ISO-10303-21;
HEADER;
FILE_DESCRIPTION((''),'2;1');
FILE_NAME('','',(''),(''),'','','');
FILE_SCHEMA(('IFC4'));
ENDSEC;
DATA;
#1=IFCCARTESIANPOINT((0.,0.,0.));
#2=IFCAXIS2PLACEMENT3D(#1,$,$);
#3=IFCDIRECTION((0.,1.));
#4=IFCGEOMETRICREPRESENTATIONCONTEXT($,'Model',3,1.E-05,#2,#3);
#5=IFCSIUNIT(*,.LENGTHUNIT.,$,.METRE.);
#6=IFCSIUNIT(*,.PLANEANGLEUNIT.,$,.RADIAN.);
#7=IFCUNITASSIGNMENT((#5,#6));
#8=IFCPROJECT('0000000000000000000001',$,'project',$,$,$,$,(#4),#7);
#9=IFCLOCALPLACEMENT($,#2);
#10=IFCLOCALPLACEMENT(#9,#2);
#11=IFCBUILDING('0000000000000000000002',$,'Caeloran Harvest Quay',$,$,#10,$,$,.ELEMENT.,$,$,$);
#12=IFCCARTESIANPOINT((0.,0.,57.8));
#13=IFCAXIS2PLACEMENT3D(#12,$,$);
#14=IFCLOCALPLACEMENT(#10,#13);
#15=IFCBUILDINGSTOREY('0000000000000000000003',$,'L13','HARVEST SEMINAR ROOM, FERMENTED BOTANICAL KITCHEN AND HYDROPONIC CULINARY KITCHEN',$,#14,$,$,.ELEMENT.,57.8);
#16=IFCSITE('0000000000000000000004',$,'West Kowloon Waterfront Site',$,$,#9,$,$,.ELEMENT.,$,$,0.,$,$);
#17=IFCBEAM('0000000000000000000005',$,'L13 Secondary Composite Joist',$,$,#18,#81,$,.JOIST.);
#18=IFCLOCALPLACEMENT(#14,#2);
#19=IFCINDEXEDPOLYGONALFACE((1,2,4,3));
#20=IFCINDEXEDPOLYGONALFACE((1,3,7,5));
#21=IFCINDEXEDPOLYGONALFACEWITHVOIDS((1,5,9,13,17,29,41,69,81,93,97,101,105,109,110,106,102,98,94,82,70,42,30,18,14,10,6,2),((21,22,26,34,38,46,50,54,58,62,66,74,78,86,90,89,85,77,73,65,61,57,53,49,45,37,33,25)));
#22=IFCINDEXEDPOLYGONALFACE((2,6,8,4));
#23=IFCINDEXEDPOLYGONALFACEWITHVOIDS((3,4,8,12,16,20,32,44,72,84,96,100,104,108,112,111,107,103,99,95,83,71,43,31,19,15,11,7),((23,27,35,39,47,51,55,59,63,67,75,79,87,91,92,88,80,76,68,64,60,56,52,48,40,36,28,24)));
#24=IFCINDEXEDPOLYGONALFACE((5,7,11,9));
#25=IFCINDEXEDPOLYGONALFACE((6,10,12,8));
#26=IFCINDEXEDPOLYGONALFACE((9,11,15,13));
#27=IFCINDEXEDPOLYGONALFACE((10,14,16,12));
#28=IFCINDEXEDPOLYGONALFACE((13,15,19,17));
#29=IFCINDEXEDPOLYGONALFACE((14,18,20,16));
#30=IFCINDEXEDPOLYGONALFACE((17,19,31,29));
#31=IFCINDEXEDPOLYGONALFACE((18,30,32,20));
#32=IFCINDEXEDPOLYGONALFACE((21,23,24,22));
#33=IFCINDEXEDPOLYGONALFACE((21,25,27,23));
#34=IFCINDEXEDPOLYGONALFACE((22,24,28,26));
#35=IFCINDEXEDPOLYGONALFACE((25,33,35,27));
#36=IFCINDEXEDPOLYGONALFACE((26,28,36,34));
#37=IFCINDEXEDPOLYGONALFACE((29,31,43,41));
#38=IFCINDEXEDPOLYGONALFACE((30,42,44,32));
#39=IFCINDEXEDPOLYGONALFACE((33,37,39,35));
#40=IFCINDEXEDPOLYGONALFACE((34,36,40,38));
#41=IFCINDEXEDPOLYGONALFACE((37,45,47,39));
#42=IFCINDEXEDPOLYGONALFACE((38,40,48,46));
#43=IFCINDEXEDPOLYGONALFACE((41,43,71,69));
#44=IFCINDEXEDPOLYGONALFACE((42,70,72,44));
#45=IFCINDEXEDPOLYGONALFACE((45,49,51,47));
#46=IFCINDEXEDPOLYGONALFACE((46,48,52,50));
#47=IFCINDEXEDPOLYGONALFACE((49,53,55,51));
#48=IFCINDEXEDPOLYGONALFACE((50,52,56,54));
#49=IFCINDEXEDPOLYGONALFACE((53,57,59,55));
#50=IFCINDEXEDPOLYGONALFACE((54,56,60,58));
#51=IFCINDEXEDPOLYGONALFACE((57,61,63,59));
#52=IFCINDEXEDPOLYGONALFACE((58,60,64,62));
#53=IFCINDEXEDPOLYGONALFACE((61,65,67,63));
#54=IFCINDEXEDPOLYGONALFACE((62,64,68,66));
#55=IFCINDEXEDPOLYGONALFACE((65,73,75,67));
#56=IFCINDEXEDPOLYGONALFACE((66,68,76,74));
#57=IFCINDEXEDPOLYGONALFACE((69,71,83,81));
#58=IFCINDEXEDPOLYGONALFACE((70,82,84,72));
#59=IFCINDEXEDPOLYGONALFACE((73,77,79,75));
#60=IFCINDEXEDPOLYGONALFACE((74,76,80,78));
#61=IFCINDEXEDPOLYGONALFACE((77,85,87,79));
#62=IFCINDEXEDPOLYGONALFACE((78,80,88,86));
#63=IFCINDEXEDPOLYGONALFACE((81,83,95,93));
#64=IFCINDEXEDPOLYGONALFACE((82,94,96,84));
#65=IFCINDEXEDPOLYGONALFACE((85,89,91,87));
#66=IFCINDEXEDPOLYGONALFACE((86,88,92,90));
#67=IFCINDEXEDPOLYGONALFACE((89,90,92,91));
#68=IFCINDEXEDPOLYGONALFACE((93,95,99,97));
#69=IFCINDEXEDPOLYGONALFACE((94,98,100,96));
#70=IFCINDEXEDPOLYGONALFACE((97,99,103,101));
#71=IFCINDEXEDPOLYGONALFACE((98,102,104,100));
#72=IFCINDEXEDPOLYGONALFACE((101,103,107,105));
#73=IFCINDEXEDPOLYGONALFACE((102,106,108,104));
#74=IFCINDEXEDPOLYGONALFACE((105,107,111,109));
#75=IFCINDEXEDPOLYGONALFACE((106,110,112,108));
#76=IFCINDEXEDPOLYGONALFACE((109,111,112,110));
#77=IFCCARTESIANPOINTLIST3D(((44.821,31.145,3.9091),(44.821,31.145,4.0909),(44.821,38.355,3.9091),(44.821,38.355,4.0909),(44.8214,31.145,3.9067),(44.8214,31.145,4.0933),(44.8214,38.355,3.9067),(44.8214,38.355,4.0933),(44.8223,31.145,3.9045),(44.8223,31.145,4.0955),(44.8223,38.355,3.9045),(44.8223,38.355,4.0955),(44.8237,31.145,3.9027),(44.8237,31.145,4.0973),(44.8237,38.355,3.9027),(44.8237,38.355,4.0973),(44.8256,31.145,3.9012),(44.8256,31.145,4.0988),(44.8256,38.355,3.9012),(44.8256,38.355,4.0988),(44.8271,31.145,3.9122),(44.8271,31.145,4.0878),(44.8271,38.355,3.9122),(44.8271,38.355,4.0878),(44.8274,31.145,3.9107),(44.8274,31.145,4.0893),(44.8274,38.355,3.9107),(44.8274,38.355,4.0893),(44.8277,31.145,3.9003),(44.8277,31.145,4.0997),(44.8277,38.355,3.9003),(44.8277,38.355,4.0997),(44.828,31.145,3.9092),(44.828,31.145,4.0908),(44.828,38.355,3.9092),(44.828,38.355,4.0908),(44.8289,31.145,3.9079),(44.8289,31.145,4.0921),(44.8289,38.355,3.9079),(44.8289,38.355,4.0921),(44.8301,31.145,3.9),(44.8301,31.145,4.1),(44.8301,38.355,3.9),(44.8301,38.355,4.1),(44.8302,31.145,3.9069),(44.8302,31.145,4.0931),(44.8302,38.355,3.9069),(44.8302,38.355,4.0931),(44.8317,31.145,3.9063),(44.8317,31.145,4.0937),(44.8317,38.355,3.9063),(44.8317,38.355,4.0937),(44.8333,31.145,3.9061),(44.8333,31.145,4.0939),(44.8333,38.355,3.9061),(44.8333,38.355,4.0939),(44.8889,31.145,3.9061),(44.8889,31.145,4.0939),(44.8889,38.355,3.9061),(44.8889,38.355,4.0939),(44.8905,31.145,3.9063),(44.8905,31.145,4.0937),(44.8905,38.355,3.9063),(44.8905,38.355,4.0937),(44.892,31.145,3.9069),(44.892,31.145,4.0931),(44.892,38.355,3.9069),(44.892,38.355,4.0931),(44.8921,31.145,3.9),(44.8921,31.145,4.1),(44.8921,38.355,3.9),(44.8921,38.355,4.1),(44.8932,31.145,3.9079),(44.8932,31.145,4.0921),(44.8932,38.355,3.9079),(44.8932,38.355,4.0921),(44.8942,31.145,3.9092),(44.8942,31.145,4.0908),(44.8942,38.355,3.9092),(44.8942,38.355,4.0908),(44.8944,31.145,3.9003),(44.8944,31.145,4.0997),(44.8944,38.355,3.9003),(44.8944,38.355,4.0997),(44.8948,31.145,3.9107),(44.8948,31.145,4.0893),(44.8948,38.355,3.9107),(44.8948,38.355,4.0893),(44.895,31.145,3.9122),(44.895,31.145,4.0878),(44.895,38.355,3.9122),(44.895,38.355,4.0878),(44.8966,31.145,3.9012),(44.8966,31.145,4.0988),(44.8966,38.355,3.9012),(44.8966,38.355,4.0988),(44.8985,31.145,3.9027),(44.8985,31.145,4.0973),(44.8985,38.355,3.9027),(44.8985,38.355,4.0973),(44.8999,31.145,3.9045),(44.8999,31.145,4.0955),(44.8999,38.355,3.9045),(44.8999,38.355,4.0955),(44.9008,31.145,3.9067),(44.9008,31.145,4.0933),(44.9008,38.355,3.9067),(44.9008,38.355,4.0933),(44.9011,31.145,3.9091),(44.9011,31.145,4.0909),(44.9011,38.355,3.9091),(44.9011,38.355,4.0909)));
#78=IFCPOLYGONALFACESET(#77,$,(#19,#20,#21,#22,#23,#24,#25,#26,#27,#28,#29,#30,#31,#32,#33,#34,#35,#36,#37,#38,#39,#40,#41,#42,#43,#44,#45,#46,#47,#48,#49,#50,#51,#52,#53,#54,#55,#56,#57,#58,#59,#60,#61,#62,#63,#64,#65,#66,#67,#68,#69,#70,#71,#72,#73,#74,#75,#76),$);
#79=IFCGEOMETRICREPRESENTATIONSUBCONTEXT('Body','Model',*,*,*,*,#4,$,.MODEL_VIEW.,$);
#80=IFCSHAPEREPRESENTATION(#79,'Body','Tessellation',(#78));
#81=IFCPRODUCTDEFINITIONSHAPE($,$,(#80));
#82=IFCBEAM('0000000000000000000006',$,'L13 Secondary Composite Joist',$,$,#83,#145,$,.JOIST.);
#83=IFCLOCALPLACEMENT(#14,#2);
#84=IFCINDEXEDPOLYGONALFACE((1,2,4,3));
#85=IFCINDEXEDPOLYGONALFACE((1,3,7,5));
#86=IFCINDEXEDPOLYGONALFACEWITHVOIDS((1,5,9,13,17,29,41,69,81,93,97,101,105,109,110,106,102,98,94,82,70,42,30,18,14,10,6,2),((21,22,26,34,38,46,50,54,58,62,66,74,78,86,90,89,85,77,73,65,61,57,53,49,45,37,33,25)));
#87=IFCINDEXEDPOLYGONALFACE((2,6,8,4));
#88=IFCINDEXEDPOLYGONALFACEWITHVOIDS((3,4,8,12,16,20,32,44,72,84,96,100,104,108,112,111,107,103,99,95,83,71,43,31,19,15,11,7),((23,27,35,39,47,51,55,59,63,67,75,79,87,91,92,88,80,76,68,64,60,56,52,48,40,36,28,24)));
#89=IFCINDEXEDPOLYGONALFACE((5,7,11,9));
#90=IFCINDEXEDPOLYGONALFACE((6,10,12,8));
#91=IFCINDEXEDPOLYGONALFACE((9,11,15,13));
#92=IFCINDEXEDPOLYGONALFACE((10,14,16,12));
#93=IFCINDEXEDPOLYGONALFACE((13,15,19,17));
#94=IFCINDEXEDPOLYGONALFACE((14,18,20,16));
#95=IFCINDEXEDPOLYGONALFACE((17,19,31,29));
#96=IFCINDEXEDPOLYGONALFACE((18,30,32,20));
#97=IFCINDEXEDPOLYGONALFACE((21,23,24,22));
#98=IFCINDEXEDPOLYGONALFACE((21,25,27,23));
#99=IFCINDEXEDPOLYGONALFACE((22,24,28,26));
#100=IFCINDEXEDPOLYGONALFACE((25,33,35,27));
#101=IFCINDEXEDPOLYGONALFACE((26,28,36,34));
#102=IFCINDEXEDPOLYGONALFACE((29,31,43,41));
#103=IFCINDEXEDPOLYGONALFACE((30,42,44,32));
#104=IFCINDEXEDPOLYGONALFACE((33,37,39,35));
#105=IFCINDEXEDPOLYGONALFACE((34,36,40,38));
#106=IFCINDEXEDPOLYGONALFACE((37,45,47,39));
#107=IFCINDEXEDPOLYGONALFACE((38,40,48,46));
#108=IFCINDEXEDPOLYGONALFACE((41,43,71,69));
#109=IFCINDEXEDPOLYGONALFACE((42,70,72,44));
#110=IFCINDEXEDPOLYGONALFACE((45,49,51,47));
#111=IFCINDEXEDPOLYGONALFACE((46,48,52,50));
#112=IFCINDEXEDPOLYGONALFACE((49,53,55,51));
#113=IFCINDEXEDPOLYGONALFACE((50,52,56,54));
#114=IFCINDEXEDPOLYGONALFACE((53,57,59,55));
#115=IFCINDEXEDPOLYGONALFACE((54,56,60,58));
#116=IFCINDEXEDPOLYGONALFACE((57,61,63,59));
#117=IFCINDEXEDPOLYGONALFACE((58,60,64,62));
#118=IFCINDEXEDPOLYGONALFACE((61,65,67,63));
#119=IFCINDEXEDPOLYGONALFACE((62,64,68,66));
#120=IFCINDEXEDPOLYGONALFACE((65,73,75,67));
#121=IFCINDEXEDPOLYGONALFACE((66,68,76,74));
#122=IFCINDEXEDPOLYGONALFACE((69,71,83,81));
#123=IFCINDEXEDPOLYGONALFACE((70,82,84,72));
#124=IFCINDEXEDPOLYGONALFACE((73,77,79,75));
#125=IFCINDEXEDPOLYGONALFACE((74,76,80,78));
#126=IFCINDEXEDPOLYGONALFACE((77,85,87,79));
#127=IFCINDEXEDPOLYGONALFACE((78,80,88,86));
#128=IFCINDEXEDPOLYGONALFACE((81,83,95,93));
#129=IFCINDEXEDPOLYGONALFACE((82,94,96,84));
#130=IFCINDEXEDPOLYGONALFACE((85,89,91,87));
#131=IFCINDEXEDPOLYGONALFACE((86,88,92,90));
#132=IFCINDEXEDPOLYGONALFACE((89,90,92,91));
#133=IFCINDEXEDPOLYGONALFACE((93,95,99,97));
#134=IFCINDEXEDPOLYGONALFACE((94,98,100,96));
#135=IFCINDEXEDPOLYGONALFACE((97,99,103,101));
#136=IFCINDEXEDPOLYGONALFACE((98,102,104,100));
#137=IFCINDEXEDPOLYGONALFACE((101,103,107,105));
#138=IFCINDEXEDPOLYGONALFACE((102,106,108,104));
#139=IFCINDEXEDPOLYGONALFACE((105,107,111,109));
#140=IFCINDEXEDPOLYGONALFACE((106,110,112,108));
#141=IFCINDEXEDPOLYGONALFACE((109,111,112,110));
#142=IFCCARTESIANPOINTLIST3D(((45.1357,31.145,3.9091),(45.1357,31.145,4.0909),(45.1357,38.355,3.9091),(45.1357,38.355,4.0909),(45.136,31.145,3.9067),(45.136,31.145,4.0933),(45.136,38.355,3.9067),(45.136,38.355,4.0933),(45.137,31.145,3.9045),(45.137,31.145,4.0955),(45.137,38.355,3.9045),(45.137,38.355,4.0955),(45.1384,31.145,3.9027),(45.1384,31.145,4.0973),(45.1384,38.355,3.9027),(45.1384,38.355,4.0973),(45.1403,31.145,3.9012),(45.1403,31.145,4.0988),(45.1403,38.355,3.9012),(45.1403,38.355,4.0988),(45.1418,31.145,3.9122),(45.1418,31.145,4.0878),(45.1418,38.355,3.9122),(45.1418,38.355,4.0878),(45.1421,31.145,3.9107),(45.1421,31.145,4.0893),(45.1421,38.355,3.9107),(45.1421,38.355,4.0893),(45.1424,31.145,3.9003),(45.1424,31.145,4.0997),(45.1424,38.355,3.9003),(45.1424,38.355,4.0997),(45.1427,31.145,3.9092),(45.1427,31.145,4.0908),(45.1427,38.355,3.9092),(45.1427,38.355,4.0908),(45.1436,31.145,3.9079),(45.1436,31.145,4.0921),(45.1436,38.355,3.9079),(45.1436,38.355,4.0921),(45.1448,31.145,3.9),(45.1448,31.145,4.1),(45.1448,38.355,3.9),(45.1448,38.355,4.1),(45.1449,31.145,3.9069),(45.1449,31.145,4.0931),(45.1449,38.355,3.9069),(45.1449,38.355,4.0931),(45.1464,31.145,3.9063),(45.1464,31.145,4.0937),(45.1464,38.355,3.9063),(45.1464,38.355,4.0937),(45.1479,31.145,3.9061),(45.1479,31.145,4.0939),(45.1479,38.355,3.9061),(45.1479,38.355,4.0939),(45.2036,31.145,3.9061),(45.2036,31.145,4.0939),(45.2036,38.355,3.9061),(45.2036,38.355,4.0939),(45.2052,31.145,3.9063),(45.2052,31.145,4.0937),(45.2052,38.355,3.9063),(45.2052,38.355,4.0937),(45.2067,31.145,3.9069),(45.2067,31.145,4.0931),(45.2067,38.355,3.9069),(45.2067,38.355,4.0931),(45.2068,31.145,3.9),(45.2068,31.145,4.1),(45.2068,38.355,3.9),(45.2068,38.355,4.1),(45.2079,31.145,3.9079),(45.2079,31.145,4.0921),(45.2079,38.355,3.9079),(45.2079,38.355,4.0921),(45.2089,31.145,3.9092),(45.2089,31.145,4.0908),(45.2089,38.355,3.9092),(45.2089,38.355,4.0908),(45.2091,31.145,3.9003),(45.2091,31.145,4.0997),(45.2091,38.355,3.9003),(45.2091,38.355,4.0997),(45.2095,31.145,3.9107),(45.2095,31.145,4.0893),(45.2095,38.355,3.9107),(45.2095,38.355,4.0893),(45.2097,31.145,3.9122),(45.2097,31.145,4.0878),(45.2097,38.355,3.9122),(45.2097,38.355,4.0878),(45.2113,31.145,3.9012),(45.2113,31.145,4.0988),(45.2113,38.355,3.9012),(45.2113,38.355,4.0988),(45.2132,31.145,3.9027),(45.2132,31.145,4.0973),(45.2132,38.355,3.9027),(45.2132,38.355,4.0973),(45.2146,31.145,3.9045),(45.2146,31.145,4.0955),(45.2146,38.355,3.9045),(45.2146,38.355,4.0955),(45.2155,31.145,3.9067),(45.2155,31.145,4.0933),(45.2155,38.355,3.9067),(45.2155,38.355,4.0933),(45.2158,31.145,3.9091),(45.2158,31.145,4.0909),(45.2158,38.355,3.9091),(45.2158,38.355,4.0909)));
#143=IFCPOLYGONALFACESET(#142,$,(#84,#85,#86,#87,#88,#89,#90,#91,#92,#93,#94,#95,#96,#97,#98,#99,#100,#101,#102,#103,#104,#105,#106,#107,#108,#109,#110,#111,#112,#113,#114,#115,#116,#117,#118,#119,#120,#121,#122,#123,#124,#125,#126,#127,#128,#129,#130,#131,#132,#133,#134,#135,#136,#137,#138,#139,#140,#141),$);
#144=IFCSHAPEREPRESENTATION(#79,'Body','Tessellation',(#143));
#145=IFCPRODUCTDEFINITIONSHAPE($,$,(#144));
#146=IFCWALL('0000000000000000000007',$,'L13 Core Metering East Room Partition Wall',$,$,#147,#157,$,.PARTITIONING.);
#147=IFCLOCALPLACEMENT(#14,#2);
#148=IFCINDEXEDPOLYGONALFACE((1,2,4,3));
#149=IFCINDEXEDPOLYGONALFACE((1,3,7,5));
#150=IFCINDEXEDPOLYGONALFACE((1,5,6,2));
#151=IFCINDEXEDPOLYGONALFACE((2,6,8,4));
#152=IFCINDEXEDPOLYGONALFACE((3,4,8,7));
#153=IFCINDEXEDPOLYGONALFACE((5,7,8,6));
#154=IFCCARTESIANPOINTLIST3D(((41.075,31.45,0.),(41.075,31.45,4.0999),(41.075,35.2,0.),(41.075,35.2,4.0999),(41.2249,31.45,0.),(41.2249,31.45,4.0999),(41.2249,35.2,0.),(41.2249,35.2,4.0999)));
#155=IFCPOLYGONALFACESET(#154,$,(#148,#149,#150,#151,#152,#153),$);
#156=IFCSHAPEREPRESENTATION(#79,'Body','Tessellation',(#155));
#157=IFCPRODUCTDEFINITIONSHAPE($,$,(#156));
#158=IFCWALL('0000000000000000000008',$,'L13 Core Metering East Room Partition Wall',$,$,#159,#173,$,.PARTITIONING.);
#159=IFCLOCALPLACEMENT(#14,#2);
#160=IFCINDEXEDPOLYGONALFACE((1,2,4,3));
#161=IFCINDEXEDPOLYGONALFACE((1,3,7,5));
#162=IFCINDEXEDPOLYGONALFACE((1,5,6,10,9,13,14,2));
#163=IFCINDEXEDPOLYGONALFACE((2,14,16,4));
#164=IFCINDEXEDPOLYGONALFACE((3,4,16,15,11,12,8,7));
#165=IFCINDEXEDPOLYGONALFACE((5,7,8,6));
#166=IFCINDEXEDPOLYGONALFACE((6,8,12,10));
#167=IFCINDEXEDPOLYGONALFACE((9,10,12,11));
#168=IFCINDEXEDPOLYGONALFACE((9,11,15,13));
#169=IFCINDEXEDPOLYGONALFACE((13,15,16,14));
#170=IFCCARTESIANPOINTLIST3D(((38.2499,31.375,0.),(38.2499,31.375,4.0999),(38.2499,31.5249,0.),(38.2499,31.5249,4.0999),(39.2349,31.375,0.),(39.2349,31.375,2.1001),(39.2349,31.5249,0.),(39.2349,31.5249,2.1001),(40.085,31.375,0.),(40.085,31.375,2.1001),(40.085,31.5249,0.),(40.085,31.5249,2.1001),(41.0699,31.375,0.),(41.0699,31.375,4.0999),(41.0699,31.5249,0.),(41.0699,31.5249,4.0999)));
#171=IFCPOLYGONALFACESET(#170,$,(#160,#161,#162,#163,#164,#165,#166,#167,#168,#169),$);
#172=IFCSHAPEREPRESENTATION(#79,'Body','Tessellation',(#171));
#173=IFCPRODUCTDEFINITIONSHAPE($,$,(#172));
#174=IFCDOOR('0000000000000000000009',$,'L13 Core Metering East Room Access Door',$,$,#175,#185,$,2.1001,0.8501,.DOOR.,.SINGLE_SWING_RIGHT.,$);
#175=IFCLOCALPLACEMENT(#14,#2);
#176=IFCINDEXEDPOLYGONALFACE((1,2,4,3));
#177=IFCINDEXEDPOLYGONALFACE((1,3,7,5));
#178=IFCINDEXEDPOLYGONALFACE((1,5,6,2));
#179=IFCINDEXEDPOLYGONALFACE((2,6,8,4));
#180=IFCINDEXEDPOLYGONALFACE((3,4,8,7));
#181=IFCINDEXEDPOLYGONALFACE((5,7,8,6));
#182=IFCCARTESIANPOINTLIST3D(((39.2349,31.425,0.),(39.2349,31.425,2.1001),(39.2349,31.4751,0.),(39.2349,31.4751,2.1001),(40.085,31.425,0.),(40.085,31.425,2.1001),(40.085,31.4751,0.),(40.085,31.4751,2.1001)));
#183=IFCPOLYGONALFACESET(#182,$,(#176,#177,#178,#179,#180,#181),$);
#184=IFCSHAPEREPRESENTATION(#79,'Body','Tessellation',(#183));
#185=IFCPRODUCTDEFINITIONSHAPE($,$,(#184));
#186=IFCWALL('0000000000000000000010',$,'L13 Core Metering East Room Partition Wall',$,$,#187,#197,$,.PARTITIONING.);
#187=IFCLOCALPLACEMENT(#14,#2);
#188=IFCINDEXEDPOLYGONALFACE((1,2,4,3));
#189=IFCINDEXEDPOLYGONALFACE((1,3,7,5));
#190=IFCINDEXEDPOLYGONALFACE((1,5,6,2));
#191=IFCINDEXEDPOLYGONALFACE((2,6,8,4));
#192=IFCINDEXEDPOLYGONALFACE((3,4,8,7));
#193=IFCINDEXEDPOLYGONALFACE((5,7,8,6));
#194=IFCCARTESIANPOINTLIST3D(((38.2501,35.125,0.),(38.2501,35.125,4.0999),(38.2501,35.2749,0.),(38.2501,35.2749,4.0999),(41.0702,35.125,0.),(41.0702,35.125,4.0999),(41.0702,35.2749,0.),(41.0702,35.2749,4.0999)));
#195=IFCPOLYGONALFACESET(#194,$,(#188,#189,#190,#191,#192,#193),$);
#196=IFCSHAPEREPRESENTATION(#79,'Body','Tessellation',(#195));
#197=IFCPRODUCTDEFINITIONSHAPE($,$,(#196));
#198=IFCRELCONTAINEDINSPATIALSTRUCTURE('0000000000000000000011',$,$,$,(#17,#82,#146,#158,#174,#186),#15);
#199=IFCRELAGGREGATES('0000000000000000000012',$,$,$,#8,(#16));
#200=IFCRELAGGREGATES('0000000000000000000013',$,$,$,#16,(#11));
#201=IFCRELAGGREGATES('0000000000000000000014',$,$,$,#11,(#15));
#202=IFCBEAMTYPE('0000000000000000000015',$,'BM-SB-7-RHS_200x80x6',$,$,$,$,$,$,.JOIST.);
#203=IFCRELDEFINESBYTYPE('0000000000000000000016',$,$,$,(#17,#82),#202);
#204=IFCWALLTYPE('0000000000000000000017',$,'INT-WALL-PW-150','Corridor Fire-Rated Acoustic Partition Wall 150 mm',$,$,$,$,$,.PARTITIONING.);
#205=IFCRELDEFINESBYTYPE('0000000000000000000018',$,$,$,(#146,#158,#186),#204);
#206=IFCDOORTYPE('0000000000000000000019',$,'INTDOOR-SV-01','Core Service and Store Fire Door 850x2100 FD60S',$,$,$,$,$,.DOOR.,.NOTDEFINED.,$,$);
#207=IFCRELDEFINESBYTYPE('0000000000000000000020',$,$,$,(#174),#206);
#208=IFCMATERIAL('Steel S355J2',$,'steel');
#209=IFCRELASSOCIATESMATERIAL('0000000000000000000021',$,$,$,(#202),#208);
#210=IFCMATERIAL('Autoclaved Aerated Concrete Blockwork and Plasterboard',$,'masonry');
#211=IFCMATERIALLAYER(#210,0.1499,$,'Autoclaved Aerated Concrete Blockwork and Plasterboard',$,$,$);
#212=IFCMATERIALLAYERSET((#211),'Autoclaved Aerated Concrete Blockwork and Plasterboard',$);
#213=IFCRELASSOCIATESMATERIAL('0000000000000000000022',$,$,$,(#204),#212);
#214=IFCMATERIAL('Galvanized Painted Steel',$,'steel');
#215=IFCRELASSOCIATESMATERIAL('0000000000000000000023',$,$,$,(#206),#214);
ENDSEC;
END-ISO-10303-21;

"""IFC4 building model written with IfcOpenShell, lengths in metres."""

from ifc_helpers import new_model, si_unit, direction, frame, frame_2d, origin, origin_2d, place, context, subcontext, project, spatial, rectangle, hollow_rectangle, extrude, material, layer, layer_set, material_profile, profile_set, type_object, element, fill, save


model = new_model("IFC4")

# Units and contexts
model_context = context("Model", 3, precision=1e-05, world=origin(), true_north=direction((0.0, 1.0)))
body_context = subcontext(model_context, "Body", "Model", "MODEL_VIEW")
ifc_project = project(units=[si_unit("LENGTHUNIT", "METRE"), si_unit("PLANEANGLEUNIT", "RADIAN")], contexts=[model_context])

# Site, building, storey
site_placement = place(None, origin())
site = spatial("IfcSite", under=ifc_project, at=site_placement, Name="West Kowloon Waterfront Site", CompositionType="ELEMENT", RefElevation=0.0)
building_placement = place(site_placement, origin())
building = spatial("IfcBuilding", under=site, at=building_placement, Name="Caeloran Harvest Quay", CompositionType="ELEMENT")
storey_placement = place(building_placement, frame((0.0, 0.0, 57.8)))
storey = spatial("IfcBuildingStorey", under=building, at=storey_placement, Name="L13", Description="HARVEST SEMINAR ROOM, FERMENTED BOTANICAL KITCHEN AND HYDROPONIC CULINARY KITCHEN", CompositionType="ELEMENT", Elevation=57.8)

# Beams
ifc_material_1 = material(Name="Steel S355J2", Category="steel")
ifc_material_profile_1 = material_profile(ifc_material_1, hollow_rectangle(XDim=0.0801, YDim=0.2, WallThickness=0.0061, InnerFilletRadius=0.0061, OuterFilletRadius=0.009, at=origin_2d()), Name="RHS 200x80x6")
ifc_profile_set_1 = profile_set([ifc_material_profile_1], Name="Steel S355J2")
beam_type_1 = type_object("IfcBeamType", Name="BM-SB-7-RHS_200x80x6", PredefinedType="JOIST", material=ifc_profile_set_1)
for number, where, z_axis, x_axis, name in (
    (1, (44.8611, 31.145, 4.0), (0.0, 1.0, 0.0), (-1.0, 0.0, 0.0), "L13 Secondary Composite Joist"),
    (2, (45.1758, 31.145, 4.0), (0.0, 1.0, 0.0), (-1.0, 0.0, 0.0), "L13 Secondary Composite Joist"),
):
    element("IfcBeam", number, at=place(storey_placement, frame(where, z_axis=z_axis, x_axis=x_axis)), inside=storey, type_object=beam_type_1, Name=name, PredefinedType="JOIST", context=body_context, shape_type="SweptSolid", body=[
        extrude(hollow_rectangle(XDim=0.0801, YDim=0.2, WallThickness=0.0061, InnerFilletRadius=0.0061, OuterFilletRadius=0.009, at=origin_2d()), origin(), (0.0, 0.0, 1.0), 7.21),
    ])

# Wall
ifc_material_2 = material(Name="Autoclaved Aerated Concrete Blockwork and Plasterboard", Category="masonry")
ifc_layer_1 = layer(ifc_material_2, 0.1499, Name="Autoclaved Aerated Concrete Blockwork and Plasterboard")
ifc_layer_set_1 = layer_set([ifc_layer_1], Name="Autoclaved Aerated Concrete Blockwork and Plasterboard")
wall_type_1 = type_object("IfcWallType", Name="INT-WALL-PW-150", Description="Corridor Fire-Rated Acoustic Partition Wall 150 mm", PredefinedType="PARTITIONING", material=ifc_layer_set_1)
wall_1_placement = place(storey_placement, frame((41.1499, 35.2, 0.0), z_axis=(0.0, 0.0, 1.0), x_axis=(0.0, -1.0, 0.0)))
element("IfcWall", 3, at=wall_1_placement, inside=storey, type_object=wall_type_1, Name="L13 Core Metering East Room Partition Wall", PredefinedType="PARTITIONING", context=body_context, shape_type="SweptSolid", body=[
    extrude(rectangle(XDim=3.75, YDim=0.1499, at=frame_2d((1.875, 0.0))), origin(), (0.0, 0.0, 1.0), 4.0999),
])

# Wall, opening, door
wall_2_placement = place(storey_placement, frame((41.0701, 31.45, 0.0), z_axis=(0.0, 0.0, 1.0), x_axis=(-1.0, 0.0, 0.0)))
wall_2 = element("IfcWall", 4, at=wall_2_placement, inside=storey, type_object=wall_type_1, Name="L13 Core Metering East Room Partition Wall", PredefinedType="PARTITIONING", context=body_context, shape_type="SweptSolid", body=[
    extrude(rectangle(XDim=2.8201, YDim=0.1499, at=frame_2d((1.4102, 0.0))), origin(), (0.0, 0.0, 1.0), 4.0999),
])
opening_placement = place(wall_2_placement, frame((0.9851, 0.0, 0.0)))
opening = element("IfcOpeningElement", 5, at=opening_placement, cuts=wall_2, PredefinedType="OPENING", context=body_context, shape_type="SweptSolid", body=[
    extrude(rectangle(XDim=0.8501, YDim=2.1001, at=frame_2d((0.425, 1.05))), frame((0.0, 0.085, 0.0), z_axis=(0.0, -1.0, 0.0), x_axis=(1.0, 0.0, 0.0)), (0.0, 0.0, 1.0), 0.1699),
])
ifc_material_3 = material(Name="Galvanized Painted Steel", Category="steel")
door_type = type_object("IfcDoorType", Name="INTDOOR-SV-01", Description="Core Service and Store Fire Door 850x2100 FD60S", OperationType="NOTDEFINED", PredefinedType="DOOR", material=ifc_material_3)
door_placement = place(opening_placement, origin())
door = element("IfcDoor", 6, at=door_placement, inside=storey, type_object=door_type, Name="L13 Core Metering East Room Access Door", OperationType="SINGLE_SWING_RIGHT", OverallHeight=2.1001, OverallWidth=0.8501, PredefinedType="DOOR", context=body_context, shape_type="SweptSolid", body=[
    extrude(rectangle(XDim=0.8501, YDim=2.1001, at=frame_2d((0.425, 1.05))), frame((0.0, 0.0249, 0.0), z_axis=(0.0, -1.0, 0.0), x_axis=(1.0, 0.0, 0.0)), (0.0, 0.0, 1.0), 0.05),
])
fill(opening, door)

# Wall
wall_3_placement = place(storey_placement, frame((38.25, 35.2, 0.0), z_axis=(0.0, 0.0, 1.0), x_axis=(1.0, 0.0, 0.0)))
element("IfcWall", 7, at=wall_3_placement, inside=storey, type_object=wall_type_1, Name="L13 Core Metering East Room Partition Wall", PredefinedType="PARTITIONING", context=body_context, shape_type="SweptSolid", body=[
    extrude(rectangle(XDim=2.8201, YDim=0.1499, at=frame_2d((1.4102, 0.0))), origin(), (0.0, 0.0, 1.0), 4.0999),
])

save(model, "model.ifc")
